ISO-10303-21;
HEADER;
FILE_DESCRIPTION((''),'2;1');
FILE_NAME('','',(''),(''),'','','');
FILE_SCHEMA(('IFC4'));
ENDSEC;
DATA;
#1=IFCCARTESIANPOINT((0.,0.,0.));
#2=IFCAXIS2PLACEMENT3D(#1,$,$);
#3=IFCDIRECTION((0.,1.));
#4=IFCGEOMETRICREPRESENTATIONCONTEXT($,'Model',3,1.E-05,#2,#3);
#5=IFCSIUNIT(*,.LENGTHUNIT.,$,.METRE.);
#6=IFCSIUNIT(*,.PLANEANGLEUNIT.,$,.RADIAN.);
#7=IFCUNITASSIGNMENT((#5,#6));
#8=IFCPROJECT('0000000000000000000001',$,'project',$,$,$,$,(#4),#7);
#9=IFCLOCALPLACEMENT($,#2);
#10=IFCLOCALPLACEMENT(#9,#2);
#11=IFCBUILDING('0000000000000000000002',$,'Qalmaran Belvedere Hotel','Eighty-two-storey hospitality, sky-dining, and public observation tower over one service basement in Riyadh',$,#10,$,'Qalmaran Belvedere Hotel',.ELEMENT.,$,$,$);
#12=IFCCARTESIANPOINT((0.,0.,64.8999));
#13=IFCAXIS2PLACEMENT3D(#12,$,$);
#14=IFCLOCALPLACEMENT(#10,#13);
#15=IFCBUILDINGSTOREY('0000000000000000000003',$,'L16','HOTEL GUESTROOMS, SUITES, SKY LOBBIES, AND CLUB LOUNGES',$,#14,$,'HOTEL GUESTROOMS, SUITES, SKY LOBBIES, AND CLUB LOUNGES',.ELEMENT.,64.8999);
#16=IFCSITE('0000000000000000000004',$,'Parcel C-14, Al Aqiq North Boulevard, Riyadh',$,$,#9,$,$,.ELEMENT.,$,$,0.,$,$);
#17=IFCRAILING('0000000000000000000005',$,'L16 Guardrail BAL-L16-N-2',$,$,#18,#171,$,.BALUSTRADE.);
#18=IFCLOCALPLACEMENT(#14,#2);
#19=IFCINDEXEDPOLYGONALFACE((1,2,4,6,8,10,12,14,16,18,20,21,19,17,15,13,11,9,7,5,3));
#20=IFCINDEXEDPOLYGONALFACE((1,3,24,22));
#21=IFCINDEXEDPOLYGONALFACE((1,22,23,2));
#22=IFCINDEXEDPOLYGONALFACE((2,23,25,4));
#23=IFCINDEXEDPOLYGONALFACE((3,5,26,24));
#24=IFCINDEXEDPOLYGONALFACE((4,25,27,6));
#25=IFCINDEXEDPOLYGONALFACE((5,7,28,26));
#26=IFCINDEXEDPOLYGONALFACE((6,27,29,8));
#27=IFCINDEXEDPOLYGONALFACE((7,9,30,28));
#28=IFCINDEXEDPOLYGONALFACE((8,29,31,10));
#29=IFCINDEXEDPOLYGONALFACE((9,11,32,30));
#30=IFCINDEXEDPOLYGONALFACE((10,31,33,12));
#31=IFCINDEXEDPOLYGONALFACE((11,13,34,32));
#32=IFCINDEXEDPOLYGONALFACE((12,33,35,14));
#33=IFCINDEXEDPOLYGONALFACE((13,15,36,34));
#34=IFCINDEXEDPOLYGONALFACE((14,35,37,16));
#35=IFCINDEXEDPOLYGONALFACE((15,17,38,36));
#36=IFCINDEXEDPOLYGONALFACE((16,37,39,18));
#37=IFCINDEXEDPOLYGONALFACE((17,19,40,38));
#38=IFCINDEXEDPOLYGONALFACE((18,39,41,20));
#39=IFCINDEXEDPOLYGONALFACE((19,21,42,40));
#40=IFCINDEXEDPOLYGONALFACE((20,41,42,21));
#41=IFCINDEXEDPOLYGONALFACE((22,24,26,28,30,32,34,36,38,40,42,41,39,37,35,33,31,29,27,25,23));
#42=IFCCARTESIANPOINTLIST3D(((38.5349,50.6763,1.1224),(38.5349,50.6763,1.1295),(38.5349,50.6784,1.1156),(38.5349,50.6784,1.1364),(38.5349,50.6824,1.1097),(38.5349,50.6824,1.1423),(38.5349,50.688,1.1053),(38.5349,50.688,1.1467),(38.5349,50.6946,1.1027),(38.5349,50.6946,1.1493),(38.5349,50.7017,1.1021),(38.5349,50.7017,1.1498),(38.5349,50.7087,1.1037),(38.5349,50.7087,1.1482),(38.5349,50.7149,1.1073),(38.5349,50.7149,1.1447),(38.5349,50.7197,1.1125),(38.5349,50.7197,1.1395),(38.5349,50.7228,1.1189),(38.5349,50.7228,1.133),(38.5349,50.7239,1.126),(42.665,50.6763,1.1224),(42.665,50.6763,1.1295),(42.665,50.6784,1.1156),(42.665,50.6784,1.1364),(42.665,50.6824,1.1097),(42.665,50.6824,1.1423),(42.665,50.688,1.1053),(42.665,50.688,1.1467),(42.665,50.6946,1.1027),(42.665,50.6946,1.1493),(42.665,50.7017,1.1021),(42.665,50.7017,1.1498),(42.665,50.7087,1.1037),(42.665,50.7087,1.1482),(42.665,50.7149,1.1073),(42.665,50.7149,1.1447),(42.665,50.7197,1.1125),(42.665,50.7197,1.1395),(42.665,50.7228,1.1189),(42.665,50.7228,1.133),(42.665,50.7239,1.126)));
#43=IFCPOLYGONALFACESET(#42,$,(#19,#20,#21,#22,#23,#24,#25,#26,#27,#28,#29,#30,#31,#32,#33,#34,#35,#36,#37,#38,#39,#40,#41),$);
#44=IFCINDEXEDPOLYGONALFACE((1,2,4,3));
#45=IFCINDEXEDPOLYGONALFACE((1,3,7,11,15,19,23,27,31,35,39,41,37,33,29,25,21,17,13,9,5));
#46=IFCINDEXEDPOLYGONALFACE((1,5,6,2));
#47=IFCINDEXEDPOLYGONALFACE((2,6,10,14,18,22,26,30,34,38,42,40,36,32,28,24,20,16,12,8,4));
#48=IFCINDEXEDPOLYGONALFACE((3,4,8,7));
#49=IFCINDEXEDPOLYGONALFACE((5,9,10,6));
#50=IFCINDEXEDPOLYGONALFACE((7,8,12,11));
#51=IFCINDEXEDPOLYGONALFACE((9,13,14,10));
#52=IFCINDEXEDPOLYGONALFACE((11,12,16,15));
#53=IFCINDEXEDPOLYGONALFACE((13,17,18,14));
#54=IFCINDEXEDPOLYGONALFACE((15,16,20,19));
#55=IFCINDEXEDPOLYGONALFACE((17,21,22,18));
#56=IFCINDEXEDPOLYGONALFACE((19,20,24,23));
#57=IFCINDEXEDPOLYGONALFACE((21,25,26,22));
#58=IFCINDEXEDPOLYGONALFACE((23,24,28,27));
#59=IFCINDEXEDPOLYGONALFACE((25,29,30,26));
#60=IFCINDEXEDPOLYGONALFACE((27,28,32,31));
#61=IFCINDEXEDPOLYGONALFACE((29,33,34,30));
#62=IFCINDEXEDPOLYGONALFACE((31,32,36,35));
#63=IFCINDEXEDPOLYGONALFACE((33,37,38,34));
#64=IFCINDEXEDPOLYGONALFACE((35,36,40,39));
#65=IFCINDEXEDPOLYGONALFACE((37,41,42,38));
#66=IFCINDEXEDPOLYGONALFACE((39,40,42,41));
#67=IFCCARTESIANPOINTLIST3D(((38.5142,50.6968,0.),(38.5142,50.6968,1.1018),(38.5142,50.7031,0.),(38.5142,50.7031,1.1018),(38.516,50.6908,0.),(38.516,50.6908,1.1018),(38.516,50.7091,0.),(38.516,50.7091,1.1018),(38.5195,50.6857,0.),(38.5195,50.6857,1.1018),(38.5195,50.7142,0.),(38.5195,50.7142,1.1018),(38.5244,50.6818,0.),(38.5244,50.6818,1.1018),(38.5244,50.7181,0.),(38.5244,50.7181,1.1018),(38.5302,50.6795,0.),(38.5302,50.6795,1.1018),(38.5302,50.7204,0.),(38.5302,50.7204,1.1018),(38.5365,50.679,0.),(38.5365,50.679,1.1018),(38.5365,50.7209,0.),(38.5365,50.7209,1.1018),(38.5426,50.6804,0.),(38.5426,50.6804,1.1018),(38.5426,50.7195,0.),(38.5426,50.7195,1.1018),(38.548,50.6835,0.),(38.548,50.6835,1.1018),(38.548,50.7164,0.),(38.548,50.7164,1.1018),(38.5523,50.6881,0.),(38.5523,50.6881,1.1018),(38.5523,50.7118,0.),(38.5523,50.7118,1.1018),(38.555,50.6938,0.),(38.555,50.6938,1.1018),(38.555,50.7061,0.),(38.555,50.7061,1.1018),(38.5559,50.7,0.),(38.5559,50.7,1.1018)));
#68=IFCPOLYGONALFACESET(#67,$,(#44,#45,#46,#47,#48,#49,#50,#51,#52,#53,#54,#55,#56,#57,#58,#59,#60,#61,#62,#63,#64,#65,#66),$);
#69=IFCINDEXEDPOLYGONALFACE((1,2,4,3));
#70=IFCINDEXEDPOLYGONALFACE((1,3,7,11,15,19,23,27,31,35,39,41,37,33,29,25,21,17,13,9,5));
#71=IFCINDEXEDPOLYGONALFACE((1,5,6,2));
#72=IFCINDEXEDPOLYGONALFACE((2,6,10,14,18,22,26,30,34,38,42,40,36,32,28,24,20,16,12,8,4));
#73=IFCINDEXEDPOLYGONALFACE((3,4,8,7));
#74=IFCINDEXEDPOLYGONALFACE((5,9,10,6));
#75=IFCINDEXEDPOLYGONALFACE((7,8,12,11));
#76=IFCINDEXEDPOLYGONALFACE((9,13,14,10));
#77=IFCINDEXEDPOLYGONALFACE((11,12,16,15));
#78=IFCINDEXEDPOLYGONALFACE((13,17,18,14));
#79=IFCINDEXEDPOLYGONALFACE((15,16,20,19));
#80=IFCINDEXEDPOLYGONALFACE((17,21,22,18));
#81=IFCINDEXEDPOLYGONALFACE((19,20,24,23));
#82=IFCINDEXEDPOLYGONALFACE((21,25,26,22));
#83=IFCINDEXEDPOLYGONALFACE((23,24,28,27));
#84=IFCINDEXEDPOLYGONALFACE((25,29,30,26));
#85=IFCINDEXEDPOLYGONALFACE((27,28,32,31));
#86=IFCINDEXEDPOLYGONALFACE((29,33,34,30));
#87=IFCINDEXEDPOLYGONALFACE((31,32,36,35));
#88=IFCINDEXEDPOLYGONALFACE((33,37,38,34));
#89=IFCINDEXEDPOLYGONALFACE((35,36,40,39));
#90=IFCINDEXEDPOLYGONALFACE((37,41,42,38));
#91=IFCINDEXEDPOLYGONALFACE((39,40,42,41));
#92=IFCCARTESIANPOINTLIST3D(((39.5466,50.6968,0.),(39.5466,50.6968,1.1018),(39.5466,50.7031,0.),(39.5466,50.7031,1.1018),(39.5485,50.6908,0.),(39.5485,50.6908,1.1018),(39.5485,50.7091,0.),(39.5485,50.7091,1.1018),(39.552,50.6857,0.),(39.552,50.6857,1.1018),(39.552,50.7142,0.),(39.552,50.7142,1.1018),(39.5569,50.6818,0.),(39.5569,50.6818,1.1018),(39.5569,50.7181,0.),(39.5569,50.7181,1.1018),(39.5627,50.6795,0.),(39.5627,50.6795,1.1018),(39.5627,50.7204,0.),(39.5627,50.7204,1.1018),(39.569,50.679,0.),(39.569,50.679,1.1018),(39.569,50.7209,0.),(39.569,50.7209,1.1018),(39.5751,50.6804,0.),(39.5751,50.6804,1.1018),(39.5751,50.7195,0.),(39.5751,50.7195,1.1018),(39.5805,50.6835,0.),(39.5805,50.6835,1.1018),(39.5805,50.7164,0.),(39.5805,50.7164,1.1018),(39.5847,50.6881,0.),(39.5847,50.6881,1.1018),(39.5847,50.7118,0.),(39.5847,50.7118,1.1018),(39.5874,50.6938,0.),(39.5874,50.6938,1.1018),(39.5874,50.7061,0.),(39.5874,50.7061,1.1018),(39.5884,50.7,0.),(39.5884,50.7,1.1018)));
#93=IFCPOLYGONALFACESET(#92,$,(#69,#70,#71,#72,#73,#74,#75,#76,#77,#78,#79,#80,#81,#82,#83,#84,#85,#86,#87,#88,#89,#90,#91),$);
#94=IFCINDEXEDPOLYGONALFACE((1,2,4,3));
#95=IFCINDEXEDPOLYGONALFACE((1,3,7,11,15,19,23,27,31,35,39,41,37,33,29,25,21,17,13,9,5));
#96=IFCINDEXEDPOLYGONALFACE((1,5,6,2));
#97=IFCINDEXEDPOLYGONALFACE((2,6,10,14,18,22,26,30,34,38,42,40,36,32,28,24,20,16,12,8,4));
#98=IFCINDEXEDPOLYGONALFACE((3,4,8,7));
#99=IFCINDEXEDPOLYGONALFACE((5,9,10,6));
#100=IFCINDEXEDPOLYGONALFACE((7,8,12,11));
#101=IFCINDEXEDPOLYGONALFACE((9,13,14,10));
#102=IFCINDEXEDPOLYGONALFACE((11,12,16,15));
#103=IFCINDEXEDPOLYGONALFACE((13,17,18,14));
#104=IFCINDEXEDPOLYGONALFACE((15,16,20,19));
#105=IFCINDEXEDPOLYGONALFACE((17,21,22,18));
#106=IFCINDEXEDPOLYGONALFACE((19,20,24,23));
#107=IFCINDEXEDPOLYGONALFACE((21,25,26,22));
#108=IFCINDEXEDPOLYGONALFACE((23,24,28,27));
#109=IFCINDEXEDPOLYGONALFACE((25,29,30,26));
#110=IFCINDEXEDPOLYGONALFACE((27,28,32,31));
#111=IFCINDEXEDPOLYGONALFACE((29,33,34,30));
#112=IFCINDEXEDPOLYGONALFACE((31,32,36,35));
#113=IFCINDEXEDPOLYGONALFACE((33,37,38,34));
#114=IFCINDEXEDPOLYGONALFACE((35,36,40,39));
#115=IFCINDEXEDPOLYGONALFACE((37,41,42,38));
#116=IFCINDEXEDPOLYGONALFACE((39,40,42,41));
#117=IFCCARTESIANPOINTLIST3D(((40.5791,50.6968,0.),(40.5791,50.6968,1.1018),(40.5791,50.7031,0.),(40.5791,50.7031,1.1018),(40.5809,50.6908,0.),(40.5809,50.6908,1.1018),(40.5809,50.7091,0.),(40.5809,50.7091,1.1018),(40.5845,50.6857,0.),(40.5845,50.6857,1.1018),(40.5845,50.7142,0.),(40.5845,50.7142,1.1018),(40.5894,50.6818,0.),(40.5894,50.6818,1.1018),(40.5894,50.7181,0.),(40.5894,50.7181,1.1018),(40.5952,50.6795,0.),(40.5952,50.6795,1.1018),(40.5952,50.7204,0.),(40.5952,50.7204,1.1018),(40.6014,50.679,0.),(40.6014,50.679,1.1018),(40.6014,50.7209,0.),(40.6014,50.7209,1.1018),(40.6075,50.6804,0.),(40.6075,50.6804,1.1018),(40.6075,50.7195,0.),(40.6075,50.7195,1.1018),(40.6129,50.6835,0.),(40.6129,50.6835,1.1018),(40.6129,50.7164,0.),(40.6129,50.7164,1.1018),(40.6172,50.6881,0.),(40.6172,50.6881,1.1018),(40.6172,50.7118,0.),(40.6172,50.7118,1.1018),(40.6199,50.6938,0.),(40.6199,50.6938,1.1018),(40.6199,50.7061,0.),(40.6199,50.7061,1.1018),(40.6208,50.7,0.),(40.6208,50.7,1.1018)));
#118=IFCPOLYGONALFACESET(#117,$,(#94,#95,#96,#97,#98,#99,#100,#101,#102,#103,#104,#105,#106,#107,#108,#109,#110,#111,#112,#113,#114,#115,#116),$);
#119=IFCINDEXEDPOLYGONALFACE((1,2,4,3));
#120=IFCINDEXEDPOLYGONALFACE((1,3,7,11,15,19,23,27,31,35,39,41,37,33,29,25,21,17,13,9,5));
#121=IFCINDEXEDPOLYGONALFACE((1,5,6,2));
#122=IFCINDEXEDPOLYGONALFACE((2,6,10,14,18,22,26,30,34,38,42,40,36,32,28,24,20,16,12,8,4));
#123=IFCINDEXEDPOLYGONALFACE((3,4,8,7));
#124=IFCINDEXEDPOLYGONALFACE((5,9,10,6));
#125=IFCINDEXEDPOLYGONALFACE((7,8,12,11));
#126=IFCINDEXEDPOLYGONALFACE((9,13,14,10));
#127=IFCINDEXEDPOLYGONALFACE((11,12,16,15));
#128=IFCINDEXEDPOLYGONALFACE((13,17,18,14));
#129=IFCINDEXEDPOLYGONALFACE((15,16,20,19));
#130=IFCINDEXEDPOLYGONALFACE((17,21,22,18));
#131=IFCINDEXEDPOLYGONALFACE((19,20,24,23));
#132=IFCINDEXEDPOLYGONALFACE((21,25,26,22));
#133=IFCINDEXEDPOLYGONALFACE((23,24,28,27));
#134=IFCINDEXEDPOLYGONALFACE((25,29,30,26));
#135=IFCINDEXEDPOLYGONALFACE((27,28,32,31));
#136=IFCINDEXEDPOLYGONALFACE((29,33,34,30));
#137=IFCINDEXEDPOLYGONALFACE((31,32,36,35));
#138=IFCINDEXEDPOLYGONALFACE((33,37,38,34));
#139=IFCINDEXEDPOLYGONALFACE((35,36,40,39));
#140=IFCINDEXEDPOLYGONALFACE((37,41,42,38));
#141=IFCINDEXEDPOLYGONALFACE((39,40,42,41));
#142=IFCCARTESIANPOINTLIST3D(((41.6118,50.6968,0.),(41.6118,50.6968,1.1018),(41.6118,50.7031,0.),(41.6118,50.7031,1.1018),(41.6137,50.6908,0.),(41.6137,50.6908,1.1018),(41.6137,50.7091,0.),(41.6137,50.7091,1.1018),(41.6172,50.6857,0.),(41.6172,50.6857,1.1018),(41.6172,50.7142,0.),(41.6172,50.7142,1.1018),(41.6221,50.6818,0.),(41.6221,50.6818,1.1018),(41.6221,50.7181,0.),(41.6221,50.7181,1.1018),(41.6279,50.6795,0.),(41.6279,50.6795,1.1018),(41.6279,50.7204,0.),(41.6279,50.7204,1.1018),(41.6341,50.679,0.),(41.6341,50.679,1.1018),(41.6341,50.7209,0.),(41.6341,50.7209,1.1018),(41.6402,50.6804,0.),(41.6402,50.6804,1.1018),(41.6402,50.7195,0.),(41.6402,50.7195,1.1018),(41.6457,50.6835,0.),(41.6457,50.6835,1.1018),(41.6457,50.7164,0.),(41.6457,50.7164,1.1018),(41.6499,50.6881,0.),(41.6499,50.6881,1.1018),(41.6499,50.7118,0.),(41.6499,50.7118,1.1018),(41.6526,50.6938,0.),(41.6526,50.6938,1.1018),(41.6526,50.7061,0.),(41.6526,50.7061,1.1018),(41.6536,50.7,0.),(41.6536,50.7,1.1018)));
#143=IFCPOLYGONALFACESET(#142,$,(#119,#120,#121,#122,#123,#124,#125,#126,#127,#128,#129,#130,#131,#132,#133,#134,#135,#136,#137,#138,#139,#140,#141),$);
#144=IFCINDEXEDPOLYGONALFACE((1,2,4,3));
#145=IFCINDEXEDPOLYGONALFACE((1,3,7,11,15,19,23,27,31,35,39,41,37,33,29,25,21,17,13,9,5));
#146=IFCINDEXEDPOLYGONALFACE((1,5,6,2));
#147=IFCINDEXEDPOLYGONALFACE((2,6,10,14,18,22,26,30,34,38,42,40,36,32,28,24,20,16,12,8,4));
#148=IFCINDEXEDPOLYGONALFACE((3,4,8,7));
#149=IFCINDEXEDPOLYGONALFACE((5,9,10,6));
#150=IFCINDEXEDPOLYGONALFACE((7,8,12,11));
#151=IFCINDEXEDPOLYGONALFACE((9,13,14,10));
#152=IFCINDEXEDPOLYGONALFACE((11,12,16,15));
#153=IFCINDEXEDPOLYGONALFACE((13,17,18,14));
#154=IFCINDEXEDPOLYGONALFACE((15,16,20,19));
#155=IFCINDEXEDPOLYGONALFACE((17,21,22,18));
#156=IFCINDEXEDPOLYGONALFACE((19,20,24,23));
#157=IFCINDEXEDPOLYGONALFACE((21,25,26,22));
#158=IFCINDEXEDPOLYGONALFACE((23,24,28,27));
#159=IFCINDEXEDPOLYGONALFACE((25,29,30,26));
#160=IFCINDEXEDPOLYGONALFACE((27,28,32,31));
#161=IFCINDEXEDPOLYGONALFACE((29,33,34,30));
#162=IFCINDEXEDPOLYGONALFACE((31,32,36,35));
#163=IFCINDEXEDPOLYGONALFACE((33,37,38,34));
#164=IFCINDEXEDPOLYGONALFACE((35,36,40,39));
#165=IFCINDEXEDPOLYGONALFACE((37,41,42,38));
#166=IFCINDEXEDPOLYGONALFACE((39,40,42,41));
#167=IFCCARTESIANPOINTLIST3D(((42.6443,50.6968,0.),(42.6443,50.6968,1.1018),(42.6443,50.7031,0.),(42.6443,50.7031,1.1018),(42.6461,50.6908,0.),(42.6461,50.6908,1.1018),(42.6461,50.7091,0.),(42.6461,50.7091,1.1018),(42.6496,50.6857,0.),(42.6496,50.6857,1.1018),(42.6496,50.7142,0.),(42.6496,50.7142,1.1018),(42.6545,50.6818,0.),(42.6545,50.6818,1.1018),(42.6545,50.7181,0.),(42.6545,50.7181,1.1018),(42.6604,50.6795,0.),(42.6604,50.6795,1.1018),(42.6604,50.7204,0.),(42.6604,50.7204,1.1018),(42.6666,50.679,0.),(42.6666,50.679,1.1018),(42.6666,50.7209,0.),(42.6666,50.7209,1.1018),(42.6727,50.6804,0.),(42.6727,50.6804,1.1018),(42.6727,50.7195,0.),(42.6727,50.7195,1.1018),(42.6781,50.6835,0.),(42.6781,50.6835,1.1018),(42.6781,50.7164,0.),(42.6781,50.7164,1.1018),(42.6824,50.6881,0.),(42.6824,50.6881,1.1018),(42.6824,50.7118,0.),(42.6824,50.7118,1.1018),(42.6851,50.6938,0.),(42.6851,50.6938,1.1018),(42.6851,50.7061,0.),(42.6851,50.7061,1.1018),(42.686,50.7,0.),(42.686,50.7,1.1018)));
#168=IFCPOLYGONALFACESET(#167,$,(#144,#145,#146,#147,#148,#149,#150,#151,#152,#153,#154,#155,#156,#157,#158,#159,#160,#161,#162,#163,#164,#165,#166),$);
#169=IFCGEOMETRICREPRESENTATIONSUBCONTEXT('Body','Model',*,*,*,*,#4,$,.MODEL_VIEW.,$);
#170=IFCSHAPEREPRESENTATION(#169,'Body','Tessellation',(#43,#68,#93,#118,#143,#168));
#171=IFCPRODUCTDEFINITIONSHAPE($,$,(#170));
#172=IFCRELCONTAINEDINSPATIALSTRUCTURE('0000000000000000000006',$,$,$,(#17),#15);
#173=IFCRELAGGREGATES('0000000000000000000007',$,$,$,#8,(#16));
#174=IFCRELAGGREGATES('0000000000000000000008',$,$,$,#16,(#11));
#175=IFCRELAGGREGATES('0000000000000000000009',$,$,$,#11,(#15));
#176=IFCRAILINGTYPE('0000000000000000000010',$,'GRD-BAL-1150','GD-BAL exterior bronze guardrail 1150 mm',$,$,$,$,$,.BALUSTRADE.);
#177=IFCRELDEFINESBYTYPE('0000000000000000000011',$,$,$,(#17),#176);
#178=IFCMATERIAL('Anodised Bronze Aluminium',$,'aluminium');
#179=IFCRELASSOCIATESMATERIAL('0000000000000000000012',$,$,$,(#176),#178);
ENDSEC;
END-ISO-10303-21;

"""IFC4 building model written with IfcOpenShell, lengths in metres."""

from ifc_helpers import new_model, si_unit, direction, frame, origin, origin_2d, place, context, subcontext, project, spatial, circle, extrude, material, type_object, element, save


model = new_model("IFC4")

# Units and contexts
model_context = context("Model", 3, precision=1e-05, world=origin(), true_north=direction((0.0, 1.0)))
body_context = subcontext(model_context, "Body", "Model", "MODEL_VIEW")
ifc_project = project(units=[si_unit("LENGTHUNIT", "METRE"), si_unit("PLANEANGLEUNIT", "RADIAN")], contexts=[model_context])

# Site, building, storey
site_placement = place(None, origin())
site = spatial("IfcSite", under=ifc_project, at=site_placement, Name="Parcel C-14, Al Aqiq North Boulevard, Riyadh", CompositionType="ELEMENT", RefElevation=0.0)
building_placement = place(site_placement, origin())
building = spatial("IfcBuilding", under=site, at=building_placement, Name="Qalmaran Belvedere Hotel", Description="Eighty-two-storey hospitality, sky-dining, and public observation tower over one service basement in Riyadh", LongName="Qalmaran Belvedere Hotel", CompositionType="ELEMENT")
storey_placement = place(building_placement, frame((0.0, 0.0, 64.8999)))
storey = spatial("IfcBuildingStorey", under=building, at=storey_placement, Name="L16", Description="HOTEL GUESTROOMS, SUITES, SKY LOBBIES, AND CLUB LOUNGES", LongName="HOTEL GUESTROOMS, SUITES, SKY LOBBIES, AND CLUB LOUNGES", CompositionType="ELEMENT", Elevation=64.8999)

# Shared definitions
ifc_material_1 = material(Name="Anodised Bronze Aluminium", Category="aluminium")

# Railing
railing_type = type_object("IfcRailingType", Name="GRD-BAL-1150", Description="GD-BAL exterior bronze guardrail 1150 mm", PredefinedType="BALUSTRADE", material=ifc_material_1)
railing_1_placement = place(storey_placement, frame((38.5349, 50.7, 0.0)))
element("IfcRailing", 1, at=railing_1_placement, inside=storey, type_object=railing_type, Name="L16 Guardrail BAL-L16-N-2", PredefinedType="BALUSTRADE", context=body_context, shape_type="SweptSolid", body=[
    extrude(circle(Radius=0.0239, at=origin_2d()), frame((0.0, 0.0, 1.126), z_axis=(1.0, 0.0, 0.0), x_axis=(0.0, 1.0, 0.0)), (0.0, 0.0, 1.0), 4.1301),
    extrude(circle(Radius=0.021, at=origin_2d()), origin(), (0.0, 0.0, 1.0), 1.1018),
    extrude(circle(Radius=0.021, at=origin_2d()), frame((1.0325, 0.0, 0.0)), (0.0, 0.0, 1.0), 1.1018),
    extrude(circle(Radius=0.021, at=origin_2d()), frame((2.0649, 0.0, 0.0)), (0.0, 0.0, 1.0), 1.1018),
    extrude(circle(Radius=0.021, at=origin_2d()), frame((3.0977, 0.0, 0.0)), (0.0, 0.0, 1.0), 1.1018),
    extrude(circle(Radius=0.021, at=origin_2d()), frame((4.1301, 0.0, 0.0)), (0.0, 0.0, 1.0), 1.1018),
])

save(model, "model.ifc")
